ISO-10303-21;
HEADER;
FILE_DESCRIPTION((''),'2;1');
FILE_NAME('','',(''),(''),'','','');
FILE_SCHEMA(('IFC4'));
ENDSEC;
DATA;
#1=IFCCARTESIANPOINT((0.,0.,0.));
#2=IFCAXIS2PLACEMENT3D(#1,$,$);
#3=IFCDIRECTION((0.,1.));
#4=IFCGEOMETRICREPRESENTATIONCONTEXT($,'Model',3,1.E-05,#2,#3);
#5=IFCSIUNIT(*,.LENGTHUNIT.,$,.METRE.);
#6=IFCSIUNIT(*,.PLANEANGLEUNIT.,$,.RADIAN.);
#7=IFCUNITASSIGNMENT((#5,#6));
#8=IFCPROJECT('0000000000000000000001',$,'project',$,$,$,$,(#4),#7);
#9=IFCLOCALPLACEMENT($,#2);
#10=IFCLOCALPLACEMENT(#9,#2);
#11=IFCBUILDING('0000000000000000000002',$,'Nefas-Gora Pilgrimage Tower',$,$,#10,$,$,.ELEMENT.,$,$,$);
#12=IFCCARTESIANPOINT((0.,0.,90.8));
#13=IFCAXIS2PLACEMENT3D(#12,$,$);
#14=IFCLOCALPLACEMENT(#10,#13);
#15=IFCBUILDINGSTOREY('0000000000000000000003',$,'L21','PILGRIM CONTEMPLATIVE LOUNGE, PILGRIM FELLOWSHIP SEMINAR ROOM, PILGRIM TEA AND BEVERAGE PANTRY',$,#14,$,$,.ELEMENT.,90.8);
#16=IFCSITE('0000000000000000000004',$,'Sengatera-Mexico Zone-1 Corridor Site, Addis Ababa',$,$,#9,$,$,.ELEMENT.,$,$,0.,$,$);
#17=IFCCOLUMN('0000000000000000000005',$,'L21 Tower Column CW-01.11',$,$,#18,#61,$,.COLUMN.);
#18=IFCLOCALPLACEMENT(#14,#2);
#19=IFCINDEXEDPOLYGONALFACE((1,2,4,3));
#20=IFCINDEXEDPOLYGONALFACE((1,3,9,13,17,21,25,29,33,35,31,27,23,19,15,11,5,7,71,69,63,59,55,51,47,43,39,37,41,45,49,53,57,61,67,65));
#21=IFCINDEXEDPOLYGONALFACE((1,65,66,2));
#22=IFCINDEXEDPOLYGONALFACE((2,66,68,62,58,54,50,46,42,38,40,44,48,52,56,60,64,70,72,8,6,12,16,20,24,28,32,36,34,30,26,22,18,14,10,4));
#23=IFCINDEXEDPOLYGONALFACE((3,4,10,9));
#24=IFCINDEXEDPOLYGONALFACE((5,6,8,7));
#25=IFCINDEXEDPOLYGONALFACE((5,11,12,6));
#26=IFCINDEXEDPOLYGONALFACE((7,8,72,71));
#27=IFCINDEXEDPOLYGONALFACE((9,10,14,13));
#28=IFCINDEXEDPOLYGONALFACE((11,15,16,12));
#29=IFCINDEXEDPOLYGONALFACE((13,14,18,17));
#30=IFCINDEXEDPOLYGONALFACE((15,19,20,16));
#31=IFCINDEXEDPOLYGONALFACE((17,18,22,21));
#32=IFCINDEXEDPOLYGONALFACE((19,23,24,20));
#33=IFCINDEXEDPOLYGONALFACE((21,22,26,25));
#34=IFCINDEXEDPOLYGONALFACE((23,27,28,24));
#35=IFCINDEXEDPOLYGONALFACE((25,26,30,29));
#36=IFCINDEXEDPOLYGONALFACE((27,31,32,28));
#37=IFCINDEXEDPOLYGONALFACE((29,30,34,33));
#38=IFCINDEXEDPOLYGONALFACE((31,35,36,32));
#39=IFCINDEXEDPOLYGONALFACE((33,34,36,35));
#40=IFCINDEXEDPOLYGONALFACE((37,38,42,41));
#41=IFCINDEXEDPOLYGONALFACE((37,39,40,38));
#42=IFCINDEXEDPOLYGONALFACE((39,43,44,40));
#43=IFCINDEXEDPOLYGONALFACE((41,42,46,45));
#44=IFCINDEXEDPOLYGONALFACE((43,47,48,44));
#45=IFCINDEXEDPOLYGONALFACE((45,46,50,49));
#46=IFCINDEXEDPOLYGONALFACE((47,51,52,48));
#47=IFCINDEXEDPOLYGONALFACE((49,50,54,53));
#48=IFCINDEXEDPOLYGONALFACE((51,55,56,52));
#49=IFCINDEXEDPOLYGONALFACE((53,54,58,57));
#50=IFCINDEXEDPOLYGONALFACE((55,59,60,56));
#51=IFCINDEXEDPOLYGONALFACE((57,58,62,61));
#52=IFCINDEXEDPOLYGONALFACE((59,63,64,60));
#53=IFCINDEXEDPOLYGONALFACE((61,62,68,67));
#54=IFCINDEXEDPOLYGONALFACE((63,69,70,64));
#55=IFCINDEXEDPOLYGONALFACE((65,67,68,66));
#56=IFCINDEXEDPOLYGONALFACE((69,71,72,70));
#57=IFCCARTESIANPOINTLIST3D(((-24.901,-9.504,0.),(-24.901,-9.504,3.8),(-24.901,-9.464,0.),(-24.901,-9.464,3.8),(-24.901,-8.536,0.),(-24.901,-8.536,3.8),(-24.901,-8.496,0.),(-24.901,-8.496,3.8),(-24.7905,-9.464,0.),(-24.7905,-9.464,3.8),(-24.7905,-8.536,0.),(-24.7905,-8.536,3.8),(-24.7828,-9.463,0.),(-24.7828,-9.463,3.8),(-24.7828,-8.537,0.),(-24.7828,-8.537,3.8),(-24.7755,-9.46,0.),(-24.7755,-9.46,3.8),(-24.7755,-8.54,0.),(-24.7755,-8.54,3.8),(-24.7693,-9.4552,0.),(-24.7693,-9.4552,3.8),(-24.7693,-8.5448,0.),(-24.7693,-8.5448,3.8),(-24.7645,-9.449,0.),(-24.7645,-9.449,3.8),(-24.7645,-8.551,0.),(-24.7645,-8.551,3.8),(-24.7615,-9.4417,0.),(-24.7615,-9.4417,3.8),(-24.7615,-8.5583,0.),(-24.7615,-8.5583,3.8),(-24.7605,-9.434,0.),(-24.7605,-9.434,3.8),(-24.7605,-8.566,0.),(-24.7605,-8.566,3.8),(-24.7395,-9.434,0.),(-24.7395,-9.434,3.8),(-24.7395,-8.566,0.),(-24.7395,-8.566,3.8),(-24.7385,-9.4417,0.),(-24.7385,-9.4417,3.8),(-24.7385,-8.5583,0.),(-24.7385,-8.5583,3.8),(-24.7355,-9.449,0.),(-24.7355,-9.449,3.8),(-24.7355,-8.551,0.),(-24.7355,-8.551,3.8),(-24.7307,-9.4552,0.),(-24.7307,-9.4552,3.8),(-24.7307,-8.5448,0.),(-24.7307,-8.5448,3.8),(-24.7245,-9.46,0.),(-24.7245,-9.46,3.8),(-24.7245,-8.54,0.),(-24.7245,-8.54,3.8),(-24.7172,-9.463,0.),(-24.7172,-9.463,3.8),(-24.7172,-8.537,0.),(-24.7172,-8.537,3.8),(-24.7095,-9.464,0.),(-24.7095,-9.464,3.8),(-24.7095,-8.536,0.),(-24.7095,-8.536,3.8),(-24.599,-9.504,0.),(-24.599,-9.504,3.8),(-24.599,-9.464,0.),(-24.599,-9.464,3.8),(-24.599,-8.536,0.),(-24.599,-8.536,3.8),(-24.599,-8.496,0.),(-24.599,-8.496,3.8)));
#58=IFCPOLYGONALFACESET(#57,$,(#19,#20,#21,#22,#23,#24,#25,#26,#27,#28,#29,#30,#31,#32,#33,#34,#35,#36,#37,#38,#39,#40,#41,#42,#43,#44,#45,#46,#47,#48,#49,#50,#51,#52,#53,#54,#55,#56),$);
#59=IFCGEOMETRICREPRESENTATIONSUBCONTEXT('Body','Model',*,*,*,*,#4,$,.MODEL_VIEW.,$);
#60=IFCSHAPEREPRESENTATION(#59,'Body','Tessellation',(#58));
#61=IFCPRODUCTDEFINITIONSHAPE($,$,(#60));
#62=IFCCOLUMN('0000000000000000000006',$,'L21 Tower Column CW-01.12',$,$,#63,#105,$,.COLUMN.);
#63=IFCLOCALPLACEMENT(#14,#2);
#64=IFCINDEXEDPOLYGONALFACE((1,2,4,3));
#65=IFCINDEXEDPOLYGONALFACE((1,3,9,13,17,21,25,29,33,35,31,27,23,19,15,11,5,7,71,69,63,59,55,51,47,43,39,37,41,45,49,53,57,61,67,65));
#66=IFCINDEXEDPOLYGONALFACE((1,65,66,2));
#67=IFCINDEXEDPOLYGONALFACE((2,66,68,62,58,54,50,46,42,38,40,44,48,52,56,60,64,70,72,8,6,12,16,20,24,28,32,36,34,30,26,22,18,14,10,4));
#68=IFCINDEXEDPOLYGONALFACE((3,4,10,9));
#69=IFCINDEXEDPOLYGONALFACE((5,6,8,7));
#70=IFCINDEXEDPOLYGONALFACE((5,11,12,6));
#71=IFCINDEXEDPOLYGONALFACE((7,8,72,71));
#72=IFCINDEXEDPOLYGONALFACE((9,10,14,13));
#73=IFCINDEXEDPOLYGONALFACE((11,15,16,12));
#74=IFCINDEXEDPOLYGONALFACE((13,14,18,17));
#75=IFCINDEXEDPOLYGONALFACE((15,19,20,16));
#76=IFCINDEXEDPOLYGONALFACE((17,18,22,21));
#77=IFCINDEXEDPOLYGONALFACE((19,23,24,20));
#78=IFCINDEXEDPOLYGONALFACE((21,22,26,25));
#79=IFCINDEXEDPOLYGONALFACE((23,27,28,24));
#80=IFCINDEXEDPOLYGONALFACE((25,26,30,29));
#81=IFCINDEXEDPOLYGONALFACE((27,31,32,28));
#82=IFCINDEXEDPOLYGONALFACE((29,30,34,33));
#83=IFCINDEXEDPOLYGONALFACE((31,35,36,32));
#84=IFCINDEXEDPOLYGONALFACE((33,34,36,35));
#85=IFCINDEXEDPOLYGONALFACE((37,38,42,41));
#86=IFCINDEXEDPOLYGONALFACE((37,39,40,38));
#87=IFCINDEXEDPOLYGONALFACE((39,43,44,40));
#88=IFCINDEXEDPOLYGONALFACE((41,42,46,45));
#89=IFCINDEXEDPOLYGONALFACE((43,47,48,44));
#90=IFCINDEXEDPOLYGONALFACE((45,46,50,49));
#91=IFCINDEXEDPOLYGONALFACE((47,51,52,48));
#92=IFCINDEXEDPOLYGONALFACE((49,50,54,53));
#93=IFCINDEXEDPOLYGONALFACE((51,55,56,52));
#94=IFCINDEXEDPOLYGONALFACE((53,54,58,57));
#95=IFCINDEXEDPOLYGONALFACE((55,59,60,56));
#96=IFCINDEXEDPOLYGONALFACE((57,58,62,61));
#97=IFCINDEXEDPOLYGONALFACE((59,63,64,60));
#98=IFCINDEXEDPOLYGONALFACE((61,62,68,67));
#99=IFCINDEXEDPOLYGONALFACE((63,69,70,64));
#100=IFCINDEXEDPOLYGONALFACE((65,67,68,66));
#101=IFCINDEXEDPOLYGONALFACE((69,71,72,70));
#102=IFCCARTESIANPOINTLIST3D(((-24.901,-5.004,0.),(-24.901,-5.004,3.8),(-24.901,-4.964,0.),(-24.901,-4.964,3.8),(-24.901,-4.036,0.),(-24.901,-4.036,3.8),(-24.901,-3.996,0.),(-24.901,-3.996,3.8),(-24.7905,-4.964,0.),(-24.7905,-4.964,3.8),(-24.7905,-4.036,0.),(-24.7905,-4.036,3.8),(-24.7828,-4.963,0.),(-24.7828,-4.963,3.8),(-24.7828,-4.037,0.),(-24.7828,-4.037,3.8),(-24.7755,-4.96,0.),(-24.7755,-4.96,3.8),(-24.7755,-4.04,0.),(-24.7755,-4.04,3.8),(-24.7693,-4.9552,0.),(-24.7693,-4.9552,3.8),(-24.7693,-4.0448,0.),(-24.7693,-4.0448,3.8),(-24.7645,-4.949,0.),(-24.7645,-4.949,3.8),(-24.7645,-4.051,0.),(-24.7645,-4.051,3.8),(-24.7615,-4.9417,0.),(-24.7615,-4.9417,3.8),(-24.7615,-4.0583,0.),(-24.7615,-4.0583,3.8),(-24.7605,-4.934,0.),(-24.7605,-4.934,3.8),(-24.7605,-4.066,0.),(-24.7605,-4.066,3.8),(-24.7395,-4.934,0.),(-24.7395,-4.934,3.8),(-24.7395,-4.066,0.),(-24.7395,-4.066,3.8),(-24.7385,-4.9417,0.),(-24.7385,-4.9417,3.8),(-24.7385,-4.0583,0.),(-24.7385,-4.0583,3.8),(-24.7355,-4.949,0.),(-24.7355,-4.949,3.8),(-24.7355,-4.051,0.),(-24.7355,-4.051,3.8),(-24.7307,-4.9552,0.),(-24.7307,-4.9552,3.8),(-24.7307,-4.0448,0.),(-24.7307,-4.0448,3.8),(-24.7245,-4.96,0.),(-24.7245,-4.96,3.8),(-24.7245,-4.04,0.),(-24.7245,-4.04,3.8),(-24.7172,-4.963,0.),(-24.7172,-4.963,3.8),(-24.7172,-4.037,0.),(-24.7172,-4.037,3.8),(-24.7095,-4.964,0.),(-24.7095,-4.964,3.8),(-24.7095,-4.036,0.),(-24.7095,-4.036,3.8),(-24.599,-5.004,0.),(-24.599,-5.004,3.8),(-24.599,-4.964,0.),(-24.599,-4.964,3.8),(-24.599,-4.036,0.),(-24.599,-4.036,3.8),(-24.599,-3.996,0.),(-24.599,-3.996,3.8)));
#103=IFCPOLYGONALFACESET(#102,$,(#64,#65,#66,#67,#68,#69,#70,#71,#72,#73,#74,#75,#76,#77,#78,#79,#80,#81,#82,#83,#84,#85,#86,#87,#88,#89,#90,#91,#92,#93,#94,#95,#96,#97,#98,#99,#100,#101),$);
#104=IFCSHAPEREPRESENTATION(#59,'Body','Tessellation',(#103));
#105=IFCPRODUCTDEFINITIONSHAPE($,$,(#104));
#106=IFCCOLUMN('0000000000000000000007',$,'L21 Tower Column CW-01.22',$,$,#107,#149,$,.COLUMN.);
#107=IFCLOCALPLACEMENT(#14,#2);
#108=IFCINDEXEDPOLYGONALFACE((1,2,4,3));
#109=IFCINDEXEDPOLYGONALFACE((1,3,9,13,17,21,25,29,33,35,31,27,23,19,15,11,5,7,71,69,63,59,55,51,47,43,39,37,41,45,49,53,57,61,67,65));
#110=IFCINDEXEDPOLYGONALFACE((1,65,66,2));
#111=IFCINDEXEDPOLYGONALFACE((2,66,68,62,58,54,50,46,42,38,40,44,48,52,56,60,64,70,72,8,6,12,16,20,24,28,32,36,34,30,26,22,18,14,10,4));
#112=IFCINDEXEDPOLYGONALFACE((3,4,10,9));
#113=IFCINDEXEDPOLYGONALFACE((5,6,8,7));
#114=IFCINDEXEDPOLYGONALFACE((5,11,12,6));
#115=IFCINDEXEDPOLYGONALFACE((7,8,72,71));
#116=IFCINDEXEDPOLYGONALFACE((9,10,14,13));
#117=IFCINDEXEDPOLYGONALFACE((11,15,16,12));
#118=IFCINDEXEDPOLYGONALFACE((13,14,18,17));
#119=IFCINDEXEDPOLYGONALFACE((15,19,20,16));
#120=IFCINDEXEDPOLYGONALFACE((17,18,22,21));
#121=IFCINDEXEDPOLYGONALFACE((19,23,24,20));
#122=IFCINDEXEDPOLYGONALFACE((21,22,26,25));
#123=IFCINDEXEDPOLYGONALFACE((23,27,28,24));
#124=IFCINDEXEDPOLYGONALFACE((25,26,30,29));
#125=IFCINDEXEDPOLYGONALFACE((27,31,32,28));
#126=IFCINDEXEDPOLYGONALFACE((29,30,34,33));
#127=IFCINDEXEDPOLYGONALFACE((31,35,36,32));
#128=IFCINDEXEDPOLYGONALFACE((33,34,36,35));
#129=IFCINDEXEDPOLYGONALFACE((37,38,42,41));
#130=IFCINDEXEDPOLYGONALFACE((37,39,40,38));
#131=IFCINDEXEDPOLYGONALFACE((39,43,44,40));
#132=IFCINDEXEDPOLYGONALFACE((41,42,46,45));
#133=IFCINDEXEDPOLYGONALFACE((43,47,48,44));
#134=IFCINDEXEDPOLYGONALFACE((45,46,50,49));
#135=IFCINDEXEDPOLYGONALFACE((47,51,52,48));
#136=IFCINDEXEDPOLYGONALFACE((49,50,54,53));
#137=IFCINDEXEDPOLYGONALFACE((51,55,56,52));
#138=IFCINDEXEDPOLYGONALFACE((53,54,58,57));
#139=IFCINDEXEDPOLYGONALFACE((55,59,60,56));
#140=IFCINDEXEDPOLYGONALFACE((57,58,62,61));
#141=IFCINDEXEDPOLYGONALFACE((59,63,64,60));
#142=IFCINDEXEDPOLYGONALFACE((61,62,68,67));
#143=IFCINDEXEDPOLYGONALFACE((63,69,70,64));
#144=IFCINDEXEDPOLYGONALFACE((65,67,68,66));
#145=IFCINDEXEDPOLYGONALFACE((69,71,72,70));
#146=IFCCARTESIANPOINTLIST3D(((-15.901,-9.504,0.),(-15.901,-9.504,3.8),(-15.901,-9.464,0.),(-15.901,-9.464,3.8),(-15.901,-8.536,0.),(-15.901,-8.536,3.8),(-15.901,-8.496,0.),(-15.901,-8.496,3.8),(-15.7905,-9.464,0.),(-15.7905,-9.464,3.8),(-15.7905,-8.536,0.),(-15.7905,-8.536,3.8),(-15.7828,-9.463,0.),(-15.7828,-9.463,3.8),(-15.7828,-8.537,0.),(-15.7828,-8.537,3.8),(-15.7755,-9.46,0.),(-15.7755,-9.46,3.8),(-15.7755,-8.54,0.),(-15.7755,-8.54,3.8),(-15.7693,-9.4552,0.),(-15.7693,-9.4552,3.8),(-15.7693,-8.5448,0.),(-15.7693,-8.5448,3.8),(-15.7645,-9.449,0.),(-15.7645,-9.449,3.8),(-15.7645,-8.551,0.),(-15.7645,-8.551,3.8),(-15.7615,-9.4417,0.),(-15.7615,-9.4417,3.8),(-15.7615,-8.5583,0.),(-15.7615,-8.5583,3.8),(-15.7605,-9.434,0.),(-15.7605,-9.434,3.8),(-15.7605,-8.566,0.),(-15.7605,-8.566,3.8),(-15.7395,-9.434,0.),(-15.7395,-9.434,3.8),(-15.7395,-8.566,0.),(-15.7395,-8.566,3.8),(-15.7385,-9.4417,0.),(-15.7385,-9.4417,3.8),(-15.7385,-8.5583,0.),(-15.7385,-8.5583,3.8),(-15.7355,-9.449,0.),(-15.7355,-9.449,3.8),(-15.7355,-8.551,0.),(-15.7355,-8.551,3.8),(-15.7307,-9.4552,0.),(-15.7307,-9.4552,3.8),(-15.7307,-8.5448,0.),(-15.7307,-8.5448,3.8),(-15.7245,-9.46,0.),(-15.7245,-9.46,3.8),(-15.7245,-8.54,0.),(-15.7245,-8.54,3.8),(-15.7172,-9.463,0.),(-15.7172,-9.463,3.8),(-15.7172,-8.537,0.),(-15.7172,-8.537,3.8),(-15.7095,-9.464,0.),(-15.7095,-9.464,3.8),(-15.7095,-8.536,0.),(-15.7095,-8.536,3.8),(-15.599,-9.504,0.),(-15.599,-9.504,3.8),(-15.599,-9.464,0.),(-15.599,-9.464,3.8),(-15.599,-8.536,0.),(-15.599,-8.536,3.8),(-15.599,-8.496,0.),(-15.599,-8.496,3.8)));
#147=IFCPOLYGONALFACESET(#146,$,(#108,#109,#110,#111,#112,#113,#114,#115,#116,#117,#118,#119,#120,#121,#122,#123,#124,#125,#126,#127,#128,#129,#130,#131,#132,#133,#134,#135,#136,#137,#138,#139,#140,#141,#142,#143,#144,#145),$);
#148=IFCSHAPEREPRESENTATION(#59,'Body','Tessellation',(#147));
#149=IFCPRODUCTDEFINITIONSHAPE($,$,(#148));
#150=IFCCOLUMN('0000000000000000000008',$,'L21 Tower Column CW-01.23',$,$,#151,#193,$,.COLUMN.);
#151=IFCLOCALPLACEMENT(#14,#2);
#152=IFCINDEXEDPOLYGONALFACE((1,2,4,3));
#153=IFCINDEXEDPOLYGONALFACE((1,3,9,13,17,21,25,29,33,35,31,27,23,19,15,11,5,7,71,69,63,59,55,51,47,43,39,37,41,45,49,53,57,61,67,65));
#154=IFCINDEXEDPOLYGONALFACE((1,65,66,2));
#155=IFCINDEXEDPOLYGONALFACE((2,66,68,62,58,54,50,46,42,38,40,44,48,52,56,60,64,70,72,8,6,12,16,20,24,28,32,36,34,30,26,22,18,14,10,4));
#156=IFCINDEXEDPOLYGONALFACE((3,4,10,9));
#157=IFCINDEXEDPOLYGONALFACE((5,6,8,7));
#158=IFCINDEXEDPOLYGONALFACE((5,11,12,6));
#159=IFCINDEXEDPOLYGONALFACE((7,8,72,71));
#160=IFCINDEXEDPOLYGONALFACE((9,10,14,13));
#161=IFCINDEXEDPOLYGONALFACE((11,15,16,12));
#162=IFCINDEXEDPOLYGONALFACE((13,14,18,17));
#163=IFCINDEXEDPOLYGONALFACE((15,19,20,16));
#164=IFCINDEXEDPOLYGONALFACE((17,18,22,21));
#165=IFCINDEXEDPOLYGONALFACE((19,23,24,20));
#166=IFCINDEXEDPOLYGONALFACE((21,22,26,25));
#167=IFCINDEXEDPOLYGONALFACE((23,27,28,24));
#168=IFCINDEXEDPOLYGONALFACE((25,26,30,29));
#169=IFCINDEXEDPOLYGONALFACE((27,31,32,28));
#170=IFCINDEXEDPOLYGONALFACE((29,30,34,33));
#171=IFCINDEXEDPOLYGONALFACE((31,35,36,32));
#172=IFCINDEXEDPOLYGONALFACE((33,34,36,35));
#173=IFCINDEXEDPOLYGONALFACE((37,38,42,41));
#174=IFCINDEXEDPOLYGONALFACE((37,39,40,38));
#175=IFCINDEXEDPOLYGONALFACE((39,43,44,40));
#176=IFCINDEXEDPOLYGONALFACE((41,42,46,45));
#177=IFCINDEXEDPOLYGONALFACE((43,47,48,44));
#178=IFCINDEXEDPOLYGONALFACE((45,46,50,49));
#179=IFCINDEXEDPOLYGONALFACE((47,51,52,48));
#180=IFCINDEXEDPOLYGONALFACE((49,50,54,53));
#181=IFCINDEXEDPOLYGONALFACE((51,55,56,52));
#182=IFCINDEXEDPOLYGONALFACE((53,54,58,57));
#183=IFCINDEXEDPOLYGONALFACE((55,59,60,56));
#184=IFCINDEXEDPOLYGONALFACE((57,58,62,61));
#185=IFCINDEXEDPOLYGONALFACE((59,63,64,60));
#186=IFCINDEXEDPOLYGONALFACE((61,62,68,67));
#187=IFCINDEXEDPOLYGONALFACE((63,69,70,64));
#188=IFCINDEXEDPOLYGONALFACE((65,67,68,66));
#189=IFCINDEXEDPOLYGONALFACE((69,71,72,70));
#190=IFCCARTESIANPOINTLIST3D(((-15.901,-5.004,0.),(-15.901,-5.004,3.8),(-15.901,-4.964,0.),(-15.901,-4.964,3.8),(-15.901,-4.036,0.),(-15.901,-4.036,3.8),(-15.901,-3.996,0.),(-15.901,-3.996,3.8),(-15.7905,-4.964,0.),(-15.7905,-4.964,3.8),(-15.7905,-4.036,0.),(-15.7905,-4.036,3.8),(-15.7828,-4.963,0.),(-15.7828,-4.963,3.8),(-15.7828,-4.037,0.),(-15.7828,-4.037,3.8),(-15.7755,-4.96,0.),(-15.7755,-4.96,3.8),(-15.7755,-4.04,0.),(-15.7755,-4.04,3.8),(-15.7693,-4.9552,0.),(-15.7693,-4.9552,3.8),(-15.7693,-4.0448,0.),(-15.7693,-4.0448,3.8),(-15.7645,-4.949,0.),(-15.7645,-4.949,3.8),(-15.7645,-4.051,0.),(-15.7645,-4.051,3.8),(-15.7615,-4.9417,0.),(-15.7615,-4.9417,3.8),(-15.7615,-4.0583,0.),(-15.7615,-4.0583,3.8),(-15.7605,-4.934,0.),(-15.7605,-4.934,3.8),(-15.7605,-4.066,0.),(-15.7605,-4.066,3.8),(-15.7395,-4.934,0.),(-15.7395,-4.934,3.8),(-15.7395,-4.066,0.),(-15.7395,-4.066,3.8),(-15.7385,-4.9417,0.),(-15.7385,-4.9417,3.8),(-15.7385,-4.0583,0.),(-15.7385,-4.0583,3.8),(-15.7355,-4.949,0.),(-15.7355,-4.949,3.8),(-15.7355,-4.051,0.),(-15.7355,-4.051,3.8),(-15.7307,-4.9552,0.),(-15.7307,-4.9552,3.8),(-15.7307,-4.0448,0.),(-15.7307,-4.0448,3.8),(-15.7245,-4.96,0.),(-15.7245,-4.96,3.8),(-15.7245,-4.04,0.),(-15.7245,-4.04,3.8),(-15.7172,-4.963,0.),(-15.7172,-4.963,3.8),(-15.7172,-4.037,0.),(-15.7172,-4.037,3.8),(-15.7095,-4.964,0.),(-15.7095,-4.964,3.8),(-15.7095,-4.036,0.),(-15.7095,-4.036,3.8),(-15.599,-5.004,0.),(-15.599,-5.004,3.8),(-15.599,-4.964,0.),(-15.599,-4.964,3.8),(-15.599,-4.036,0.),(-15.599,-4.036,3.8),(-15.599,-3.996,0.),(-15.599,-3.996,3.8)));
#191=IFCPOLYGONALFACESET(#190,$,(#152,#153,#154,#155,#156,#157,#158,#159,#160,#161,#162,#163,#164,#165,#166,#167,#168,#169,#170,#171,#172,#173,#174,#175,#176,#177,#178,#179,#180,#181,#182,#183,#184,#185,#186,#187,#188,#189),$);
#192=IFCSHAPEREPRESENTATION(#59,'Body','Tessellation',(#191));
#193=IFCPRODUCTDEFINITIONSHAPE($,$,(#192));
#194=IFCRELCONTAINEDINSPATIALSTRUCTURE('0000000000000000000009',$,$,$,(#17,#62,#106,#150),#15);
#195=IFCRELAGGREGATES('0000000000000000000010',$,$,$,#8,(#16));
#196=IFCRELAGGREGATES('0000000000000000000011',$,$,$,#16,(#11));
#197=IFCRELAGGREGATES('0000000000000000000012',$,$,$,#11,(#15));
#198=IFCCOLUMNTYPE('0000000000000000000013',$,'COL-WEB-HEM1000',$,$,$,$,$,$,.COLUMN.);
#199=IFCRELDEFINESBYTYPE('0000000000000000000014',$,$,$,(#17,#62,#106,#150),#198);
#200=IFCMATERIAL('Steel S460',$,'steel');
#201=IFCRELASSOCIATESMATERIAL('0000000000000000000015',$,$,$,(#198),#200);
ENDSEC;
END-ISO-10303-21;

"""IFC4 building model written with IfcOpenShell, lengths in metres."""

from ifc_helpers import new_model, si_unit, direction, frame, origin, origin_2d, place, context, subcontext, project, spatial, i_section, extrude, source, transform, mapped, material, material_profile, profile_set, type_object, element, save


model = new_model("IFC4")

# Units and contexts
model_context = context("Model", 3, precision=1e-05, world=origin(), true_north=direction((0.0, 1.0)))
body_context = subcontext(model_context, "Body", "Model", "MODEL_VIEW")
ifc_project = project(units=[si_unit("LENGTHUNIT", "METRE"), si_unit("PLANEANGLEUNIT", "RADIAN")], contexts=[model_context])

# Site, building, storey
site_placement = place(None, origin())
site = spatial("IfcSite", under=ifc_project, at=site_placement, Name="Sengatera-Mexico Zone-1 Corridor Site, Addis Ababa", CompositionType="ELEMENT", RefElevation=0.0)
building_placement = place(site_placement, origin())
building = spatial("IfcBuilding", under=site, at=building_placement, Name="Nefas-Gora Pilgrimage Tower", CompositionType="ELEMENT")
storey_placement = place(building_placement, frame((0.0, 0.0, 90.8)))
storey = spatial("IfcBuildingStorey", under=building, at=storey_placement, Name="L21", Description="PILGRIM CONTEMPLATIVE LOUNGE, PILGRIM FELLOWSHIP SEMINAR ROOM, PILGRIM TEA AND BEVERAGE PANTRY", CompositionType="ELEMENT", Elevation=90.8)

# Columns
ifc_material_1 = material(Name="Steel S460", Category="steel")
ifc_material_profile_1 = material_profile(ifc_material_1, i_section(OverallWidth=0.302, OverallDepth=1.0081, WebThickness=0.021, FlangeThickness=0.04, FilletRadius=0.03, at=origin_2d()), Name="HEM 1000")
ifc_profile_set_1 = profile_set([ifc_material_profile_1], Name="Steel S460")
column_type_1 = type_object("IfcColumnType", Name="COL-WEB-HEM1000", PredefinedType="COLUMN", material=ifc_profile_set_1)
shared_shape_1 = source(origin(), body_context, "Body", "SweptSolid", [
    extrude(i_section(OverallWidth=0.302, OverallDepth=1.0081, WebThickness=0.021, FlangeThickness=0.04, FilletRadius=0.03, at=origin_2d()), origin(), (0.0, 0.0, 1.0), 3.8),
])
for number, where, z_axis, x_axis, name in (
    (1, (-24.75, -9.0, 0.0), (0.0, 0.0, 1.0), (1.0, 0.0, 0.0), "L21 Tower Column CW-01.11"),
    (2, (-24.75, -4.5, 0.0), (0.0, 0.0, 1.0), (1.0, 0.0, 0.0), "L21 Tower Column CW-01.12"),
    (3, (-15.75, -9.0, 0.0), (0.0, 0.0, 1.0), (1.0, 0.0, 0.0), "L21 Tower Column CW-01.22"),
    (4, (-15.75, -4.5, 0.0), (0.0, 0.0, 1.0), (1.0, 0.0, 0.0), "L21 Tower Column CW-01.23"),
):
    element("IfcColumn", number, at=place(storey_placement, frame(where, z_axis=z_axis, x_axis=x_axis)), inside=storey, type_object=column_type_1, Name=name, PredefinedType="COLUMN", context=body_context, shape_type="MappedRepresentation", body=[
        mapped(shared_shape_1, transform((0.0, 0.0, 0.0), x_axis=(1.0, 0.0, 0.0), y_axis=(0.0, 1.0, 0.0), z_axis=(0.0, 0.0, 1.0), scale=1.0)),
    ])

save(model, "model.ifc")
